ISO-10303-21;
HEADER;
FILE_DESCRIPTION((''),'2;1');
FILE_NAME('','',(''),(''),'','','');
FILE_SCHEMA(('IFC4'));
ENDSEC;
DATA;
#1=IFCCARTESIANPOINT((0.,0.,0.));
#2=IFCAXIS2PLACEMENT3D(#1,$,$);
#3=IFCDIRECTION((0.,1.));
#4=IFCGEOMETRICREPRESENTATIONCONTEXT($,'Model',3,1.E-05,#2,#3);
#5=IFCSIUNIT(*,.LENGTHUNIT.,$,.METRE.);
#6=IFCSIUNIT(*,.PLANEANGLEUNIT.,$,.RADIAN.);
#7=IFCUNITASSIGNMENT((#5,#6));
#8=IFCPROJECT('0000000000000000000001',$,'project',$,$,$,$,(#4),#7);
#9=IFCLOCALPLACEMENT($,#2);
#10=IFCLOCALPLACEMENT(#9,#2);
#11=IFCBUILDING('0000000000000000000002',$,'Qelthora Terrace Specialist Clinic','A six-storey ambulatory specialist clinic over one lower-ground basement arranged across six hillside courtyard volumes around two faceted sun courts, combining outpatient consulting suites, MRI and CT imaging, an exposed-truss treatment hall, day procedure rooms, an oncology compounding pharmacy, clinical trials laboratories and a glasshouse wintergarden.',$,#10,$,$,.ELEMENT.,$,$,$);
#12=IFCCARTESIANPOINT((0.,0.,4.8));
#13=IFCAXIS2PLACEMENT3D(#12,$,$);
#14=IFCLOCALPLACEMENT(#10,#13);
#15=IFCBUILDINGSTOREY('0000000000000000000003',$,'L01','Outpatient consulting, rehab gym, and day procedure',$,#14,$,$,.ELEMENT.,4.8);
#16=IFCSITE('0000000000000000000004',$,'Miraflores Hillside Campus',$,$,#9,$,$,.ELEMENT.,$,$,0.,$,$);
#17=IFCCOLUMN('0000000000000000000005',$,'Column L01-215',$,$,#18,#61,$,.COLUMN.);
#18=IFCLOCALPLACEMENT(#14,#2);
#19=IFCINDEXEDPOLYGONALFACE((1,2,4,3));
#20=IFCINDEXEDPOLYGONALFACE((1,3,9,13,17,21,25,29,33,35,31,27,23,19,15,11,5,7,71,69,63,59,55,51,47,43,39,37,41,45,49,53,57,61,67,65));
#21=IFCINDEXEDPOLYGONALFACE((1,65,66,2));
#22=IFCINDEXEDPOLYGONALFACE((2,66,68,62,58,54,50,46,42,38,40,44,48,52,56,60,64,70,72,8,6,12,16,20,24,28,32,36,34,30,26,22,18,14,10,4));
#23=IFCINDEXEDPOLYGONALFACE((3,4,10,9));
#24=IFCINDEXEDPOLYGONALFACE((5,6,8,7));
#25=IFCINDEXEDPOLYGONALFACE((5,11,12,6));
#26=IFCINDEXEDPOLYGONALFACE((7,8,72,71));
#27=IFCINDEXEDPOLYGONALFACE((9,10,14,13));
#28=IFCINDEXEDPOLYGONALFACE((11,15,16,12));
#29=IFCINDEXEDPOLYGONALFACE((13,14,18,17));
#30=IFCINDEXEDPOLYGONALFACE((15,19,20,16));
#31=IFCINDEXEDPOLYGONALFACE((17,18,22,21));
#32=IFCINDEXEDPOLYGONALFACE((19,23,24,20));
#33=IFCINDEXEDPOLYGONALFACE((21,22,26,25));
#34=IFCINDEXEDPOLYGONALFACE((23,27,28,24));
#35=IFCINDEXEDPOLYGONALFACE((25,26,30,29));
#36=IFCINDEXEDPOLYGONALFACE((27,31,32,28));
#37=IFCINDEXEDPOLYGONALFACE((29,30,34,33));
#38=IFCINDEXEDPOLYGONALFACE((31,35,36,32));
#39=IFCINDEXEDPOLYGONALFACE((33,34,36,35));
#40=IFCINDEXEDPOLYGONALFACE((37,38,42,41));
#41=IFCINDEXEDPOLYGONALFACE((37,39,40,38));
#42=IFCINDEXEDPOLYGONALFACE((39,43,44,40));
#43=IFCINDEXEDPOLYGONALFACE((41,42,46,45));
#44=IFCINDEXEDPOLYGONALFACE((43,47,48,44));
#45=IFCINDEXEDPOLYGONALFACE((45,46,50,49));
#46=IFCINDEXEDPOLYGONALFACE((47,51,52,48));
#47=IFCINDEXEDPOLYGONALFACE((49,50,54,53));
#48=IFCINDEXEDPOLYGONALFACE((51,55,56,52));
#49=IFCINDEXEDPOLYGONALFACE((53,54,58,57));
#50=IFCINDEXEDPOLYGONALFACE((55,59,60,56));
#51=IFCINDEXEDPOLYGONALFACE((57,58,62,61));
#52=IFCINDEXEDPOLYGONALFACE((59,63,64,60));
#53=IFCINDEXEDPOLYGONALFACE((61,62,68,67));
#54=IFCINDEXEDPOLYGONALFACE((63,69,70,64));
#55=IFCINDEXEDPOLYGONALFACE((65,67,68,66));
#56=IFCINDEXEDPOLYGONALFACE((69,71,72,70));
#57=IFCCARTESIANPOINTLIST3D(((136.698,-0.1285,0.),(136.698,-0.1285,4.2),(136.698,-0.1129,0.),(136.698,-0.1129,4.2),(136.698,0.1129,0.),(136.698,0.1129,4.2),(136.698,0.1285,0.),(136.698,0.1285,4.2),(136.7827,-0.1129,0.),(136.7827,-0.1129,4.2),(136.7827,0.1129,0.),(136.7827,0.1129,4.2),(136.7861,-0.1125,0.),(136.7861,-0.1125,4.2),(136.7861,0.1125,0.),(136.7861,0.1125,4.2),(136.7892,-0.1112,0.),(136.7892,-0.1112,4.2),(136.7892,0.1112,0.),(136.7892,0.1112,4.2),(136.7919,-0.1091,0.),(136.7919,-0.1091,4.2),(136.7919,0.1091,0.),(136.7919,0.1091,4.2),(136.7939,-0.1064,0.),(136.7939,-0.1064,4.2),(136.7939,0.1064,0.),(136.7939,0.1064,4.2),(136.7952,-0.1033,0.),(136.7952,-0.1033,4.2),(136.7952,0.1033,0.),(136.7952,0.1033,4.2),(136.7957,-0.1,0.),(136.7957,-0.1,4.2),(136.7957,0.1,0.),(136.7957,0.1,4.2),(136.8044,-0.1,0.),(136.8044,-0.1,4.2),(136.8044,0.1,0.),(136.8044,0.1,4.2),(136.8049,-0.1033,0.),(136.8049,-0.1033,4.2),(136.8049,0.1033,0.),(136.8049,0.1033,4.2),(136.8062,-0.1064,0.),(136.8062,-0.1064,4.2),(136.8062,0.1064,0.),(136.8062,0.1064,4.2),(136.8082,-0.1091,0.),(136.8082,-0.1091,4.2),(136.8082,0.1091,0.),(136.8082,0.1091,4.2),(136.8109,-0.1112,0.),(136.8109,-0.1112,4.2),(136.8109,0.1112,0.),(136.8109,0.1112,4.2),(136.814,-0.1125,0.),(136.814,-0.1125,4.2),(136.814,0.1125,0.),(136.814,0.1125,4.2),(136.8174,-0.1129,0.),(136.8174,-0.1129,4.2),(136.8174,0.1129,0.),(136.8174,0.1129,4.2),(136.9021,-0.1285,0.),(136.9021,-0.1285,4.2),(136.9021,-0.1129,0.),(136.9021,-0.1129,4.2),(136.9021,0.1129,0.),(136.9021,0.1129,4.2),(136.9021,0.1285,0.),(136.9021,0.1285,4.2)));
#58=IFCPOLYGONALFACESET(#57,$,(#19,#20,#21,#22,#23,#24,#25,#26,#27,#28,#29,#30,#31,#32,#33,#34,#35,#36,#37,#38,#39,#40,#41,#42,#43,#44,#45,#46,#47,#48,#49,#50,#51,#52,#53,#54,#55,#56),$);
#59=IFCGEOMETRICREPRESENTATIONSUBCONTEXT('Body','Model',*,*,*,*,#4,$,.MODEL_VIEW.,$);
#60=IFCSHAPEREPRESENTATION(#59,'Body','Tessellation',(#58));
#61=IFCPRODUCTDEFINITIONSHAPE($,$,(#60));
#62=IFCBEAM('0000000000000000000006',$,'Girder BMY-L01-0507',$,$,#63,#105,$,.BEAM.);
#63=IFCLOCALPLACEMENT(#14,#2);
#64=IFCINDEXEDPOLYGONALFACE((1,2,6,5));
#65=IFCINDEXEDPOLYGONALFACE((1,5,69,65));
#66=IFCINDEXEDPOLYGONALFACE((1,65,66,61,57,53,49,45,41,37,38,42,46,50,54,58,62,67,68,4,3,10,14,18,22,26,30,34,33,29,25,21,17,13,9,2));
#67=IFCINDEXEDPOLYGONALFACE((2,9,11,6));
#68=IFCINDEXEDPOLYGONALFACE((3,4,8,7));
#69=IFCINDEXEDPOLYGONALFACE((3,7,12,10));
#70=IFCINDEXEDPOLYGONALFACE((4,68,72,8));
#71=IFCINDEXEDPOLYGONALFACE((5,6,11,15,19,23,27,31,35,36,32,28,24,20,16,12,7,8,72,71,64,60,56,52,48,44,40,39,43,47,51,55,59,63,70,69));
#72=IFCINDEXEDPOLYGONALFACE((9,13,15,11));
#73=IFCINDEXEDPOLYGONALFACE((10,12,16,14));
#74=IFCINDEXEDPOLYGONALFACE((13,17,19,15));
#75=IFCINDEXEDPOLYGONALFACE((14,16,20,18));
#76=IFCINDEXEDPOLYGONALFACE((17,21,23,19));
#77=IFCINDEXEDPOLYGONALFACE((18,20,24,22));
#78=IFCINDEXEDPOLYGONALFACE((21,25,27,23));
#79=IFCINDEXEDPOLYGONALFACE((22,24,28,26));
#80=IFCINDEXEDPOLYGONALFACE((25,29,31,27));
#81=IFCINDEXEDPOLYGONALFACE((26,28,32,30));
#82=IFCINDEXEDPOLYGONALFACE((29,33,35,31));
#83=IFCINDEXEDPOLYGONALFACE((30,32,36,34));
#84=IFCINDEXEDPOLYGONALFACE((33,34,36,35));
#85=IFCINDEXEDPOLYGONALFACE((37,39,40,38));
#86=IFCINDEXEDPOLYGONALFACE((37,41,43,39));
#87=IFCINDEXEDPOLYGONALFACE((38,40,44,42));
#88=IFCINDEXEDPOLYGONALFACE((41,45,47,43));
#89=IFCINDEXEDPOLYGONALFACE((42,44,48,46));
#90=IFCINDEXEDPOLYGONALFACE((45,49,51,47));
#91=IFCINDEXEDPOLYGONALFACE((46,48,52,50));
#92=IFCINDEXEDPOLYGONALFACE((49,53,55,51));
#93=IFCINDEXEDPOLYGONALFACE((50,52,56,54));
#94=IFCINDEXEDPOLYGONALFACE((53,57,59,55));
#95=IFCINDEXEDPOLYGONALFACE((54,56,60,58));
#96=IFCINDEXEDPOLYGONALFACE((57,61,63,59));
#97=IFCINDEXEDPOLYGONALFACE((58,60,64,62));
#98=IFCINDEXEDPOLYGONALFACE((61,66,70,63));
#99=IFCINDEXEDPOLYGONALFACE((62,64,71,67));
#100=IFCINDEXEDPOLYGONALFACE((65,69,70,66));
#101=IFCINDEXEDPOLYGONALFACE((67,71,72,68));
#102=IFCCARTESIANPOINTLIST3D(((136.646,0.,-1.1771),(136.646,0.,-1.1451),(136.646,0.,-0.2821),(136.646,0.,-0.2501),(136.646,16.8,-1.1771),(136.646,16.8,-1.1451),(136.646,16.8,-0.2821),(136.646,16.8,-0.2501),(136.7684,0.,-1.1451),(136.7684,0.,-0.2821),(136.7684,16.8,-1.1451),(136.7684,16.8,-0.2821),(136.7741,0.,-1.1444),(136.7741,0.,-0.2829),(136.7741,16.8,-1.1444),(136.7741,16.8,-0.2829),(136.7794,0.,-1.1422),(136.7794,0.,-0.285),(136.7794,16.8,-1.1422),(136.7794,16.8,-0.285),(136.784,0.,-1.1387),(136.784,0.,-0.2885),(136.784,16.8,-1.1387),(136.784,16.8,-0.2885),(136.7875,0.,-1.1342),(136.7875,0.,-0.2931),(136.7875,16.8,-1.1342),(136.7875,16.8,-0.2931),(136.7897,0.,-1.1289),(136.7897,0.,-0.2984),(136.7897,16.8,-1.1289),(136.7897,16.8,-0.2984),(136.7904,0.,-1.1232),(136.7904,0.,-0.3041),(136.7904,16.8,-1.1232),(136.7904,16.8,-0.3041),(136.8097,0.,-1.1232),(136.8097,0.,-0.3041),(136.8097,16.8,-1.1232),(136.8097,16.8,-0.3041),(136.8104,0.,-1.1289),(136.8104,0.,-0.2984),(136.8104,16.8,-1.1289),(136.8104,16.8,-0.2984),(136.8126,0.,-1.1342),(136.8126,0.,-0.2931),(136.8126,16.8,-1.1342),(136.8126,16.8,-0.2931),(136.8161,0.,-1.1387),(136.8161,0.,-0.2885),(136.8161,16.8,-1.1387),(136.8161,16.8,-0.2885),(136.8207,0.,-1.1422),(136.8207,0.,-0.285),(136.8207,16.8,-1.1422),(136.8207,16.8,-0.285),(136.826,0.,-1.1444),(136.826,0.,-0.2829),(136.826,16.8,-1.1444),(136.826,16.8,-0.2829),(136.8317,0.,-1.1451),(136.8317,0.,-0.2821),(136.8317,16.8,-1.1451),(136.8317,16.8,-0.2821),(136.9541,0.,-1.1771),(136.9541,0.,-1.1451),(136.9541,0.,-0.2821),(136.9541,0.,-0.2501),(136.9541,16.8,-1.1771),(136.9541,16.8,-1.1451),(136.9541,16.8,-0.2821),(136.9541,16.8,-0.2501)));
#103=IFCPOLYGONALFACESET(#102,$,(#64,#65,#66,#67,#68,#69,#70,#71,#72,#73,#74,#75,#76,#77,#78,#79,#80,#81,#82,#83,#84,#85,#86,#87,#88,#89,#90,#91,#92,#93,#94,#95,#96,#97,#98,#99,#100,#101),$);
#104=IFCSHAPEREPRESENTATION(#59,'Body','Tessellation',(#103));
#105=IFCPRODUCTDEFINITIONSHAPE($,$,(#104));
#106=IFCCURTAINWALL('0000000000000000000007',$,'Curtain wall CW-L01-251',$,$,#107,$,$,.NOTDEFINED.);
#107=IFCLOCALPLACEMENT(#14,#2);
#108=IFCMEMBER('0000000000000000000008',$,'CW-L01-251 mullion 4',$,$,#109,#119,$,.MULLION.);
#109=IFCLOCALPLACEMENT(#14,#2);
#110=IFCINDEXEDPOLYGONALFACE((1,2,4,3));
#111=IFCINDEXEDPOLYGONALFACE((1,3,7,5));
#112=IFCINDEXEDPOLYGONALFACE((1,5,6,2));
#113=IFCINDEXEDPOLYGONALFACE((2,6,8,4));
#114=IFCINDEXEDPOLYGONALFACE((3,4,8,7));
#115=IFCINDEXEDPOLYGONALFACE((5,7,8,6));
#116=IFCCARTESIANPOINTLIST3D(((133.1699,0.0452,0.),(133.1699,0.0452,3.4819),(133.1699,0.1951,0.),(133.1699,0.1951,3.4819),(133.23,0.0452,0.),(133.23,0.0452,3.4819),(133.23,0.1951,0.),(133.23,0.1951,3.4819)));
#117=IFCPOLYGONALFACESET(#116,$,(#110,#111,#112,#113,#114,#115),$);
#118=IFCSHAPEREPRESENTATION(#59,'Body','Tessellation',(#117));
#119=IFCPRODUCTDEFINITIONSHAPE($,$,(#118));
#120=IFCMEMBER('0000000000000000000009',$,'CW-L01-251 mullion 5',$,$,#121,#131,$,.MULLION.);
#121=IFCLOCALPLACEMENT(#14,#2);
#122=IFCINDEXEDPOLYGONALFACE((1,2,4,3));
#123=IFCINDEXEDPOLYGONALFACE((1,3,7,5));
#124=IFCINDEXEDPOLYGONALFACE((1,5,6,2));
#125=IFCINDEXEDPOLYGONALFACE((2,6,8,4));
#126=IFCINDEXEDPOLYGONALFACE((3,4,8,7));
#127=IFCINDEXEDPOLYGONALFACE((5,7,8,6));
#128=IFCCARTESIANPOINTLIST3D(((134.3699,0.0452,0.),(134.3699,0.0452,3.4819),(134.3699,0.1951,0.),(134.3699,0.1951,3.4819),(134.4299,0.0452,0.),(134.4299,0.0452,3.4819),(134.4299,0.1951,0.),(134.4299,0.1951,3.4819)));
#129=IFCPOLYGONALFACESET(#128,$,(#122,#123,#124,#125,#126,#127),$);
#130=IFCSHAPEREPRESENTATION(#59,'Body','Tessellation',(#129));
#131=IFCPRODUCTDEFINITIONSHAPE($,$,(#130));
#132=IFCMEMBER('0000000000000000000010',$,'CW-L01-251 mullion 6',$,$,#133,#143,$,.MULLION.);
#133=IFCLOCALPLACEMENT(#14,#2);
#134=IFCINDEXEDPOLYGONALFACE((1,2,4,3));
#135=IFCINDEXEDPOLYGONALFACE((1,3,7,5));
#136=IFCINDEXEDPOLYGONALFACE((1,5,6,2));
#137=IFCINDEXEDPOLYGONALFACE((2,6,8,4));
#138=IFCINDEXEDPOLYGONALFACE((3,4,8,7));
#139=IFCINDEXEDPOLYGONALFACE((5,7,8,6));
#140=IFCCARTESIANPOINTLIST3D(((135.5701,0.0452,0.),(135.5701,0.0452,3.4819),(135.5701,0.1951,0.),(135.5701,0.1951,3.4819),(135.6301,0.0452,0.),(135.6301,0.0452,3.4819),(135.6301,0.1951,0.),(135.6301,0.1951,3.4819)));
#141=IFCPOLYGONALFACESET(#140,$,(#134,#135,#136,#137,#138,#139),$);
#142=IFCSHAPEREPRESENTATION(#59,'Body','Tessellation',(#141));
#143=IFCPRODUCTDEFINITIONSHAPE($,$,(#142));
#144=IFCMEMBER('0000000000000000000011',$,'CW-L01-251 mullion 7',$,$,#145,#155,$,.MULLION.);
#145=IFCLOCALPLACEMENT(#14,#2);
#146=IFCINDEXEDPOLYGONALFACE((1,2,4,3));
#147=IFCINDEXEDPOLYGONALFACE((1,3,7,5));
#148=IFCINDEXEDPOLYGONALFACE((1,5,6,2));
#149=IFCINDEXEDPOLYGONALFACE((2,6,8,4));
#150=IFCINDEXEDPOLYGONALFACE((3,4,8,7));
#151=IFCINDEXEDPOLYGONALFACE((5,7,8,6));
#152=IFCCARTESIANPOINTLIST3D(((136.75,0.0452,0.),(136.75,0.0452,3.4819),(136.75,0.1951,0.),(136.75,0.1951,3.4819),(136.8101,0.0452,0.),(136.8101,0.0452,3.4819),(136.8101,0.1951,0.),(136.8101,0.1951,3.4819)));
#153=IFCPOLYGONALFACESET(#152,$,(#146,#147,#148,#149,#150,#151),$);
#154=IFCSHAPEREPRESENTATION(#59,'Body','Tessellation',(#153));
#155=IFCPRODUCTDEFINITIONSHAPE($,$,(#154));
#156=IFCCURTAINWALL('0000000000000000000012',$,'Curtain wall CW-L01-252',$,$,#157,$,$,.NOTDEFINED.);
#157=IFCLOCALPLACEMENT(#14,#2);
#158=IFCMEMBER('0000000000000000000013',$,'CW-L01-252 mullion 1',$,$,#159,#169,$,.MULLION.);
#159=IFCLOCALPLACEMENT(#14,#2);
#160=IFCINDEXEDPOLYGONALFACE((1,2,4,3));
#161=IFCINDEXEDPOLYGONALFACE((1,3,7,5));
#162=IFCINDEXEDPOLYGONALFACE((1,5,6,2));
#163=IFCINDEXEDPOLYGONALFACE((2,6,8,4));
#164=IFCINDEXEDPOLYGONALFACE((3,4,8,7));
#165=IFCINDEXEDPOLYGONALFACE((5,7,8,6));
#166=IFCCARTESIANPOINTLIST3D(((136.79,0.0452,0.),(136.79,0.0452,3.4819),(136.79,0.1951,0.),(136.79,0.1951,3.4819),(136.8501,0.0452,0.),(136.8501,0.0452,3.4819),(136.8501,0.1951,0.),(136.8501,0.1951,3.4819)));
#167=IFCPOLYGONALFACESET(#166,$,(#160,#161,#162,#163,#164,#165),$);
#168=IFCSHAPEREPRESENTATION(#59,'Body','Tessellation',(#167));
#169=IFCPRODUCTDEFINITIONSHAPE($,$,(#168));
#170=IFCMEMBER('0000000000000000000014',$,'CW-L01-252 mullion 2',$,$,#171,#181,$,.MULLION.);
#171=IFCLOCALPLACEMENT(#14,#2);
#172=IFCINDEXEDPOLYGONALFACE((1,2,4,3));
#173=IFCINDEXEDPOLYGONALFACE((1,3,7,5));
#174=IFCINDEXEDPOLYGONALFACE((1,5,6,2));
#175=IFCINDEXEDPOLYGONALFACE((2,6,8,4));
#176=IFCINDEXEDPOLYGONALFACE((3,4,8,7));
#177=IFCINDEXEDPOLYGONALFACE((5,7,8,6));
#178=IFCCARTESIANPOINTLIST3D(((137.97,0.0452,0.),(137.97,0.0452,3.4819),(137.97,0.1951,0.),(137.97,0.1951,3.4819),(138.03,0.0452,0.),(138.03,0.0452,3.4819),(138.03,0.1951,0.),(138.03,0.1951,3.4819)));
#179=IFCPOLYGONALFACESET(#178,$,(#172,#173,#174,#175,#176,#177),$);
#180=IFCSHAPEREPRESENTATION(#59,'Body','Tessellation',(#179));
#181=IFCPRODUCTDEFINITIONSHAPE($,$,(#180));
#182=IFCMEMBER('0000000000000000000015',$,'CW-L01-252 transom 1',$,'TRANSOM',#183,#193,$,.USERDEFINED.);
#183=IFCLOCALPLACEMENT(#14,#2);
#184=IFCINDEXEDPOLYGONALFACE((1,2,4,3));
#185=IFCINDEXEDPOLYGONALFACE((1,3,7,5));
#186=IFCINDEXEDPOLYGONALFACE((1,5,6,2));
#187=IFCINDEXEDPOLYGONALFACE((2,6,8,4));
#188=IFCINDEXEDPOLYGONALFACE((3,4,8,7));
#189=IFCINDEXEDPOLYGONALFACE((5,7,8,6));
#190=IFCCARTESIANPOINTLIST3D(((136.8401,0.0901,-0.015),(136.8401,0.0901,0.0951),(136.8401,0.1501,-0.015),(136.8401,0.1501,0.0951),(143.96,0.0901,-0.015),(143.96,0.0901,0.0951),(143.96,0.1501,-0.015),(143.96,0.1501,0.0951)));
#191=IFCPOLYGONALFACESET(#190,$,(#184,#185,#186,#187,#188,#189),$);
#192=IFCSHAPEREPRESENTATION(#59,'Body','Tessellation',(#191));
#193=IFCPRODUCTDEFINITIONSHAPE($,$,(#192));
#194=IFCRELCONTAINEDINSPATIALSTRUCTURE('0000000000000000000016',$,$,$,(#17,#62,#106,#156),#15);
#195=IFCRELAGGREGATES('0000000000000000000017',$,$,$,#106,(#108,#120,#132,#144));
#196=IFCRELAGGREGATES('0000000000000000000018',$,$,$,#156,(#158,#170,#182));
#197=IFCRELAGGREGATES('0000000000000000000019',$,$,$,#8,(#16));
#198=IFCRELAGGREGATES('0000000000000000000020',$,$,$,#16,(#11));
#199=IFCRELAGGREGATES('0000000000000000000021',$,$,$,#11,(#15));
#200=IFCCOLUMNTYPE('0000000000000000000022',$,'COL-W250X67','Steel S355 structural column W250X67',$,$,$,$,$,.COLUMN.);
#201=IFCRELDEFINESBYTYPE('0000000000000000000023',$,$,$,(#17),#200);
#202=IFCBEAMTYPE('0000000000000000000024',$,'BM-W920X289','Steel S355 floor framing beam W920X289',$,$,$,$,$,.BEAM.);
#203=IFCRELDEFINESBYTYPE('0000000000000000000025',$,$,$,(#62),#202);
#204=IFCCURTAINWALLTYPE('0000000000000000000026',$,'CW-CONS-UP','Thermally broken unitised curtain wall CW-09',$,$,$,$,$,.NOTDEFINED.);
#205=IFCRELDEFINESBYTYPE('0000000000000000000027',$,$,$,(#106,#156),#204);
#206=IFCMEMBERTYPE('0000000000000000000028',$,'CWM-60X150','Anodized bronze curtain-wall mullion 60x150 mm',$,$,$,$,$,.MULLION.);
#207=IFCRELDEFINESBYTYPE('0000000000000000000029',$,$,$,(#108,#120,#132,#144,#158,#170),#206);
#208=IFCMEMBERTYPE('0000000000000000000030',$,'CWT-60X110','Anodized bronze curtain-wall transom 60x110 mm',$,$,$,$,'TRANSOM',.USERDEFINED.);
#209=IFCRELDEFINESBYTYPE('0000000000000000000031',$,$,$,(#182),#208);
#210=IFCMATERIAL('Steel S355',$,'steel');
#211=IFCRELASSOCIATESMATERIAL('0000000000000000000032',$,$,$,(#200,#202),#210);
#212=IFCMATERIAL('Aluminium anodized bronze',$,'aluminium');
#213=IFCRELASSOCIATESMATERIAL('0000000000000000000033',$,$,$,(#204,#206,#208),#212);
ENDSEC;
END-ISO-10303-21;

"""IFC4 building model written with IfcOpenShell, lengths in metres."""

from ifc_helpers import new_model, si_unit, direction, frame, origin, origin_2d, place, context, subcontext, project, spatial, rectangle, i_section, extrude, material, material_profile, profile_set, type_object, element, aggregate, save


model = new_model("IFC4")

# Units and contexts
model_context = context("Model", 3, precision=1e-05, world=origin(), true_north=direction((0.0, 1.0)))
body_context = subcontext(model_context, "Body", "Model", "MODEL_VIEW")
ifc_project = project(units=[si_unit("LENGTHUNIT", "METRE"), si_unit("PLANEANGLEUNIT", "RADIAN")], contexts=[model_context])

# Site, building, storey
site_placement = place(None, origin())
site = spatial("IfcSite", under=ifc_project, at=site_placement, Name="Miraflores Hillside Campus", CompositionType="ELEMENT", RefElevation=0.0)
building_placement = place(site_placement, origin())
building = spatial("IfcBuilding", under=site, at=building_placement, Name="Qelthora Terrace Specialist Clinic", Description="A six-storey ambulatory specialist clinic over one lower-ground basement arranged across six hillside courtyard volumes around two faceted sun courts, combining outpatient consulting suites, MRI and CT imaging, an exposed-truss treatment hall, day procedure rooms, an oncology compounding pharmacy, clinical trials laboratories and a glasshouse wintergarden.", CompositionType="ELEMENT")
storey_placement = place(building_placement, frame((0.0, 0.0, 4.8)))
storey = spatial("IfcBuildingStorey", under=building, at=storey_placement, Name="L01", Description="Outpatient consulting, rehab gym, and day procedure", CompositionType="ELEMENT", Elevation=4.8)

# Column
ifc_material_1 = material(Name="Steel S355", Category="steel")
ifc_material_profile_1 = material_profile(ifc_material_1, i_section(OverallWidth=0.2041, OverallDepth=0.2571, WebThickness=0.0088, FlangeThickness=0.0156, FilletRadius=0.0129, at=origin_2d()), Name="W250X67")
ifc_profile_set_1 = profile_set([ifc_material_profile_1], Name="Steel S355")
column_type = type_object("IfcColumnType", Name="COL-W250X67", Description="Steel S355 structural column W250X67", PredefinedType="COLUMN", material=ifc_profile_set_1)
column_placement = place(storey_placement, frame((136.8, 0.0, 0.0), z_axis=(0.0, 0.0, 1.0), x_axis=(1.0, 0.0, 0.0)))
element("IfcColumn", 1, at=column_placement, inside=storey, type_object=column_type, Name="Column L01-215", PredefinedType="COLUMN", context=body_context, shape_type="SweptSolid", body=[
    extrude(i_section(OverallWidth=0.2041, OverallDepth=0.2571, WebThickness=0.0088, FlangeThickness=0.0156, FilletRadius=0.0129, at=origin_2d()), origin(), (0.0, 0.0, 1.0), 4.2),
])

# Beam
ifc_material_profile_2 = material_profile(ifc_material_1, i_section(OverallWidth=0.3081, OverallDepth=0.927, WebThickness=0.0193, FlangeThickness=0.032, FilletRadius=0.022, at=origin_2d()), Name="W920X289")
ifc_profile_set_2 = profile_set([ifc_material_profile_2], Name="Steel S355")
beam_type_1 = type_object("IfcBeamType", Name="BM-W920X289", Description="Steel S355 floor framing beam W920X289", PredefinedType="BEAM", material=ifc_profile_set_2)
beam_1_placement = place(storey_placement, frame((136.8, 0.0, -0.7136), z_axis=(0.0, 1.0, 0.0), x_axis=(-1.0, 0.0, 0.0)))
element("IfcBeam", 2, at=beam_1_placement, inside=storey, type_object=beam_type_1, Name="Girder BMY-L01-0507", PredefinedType="BEAM", context=body_context, shape_type="SweptSolid", body=[
    extrude(i_section(OverallWidth=0.3081, OverallDepth=0.927, WebThickness=0.0193, FlangeThickness=0.032, FilletRadius=0.022, at=origin_2d()), origin(), (0.0, 0.0, 1.0), 16.8),
])

# Curtain walls, members
ifc_material_2 = material(Name="Aluminium anodized bronze", Category="aluminium")
curtain_wall_type = type_object("IfcCurtainWallType", Name="CW-CONS-UP", Description="Thermally broken unitised curtain wall CW-09", PredefinedType="NOTDEFINED", material=ifc_material_2)
curtain_wall_1_placement = place(storey_placement, origin())
curtain_wall_1 = element("IfcCurtainWall", 3, at=curtain_wall_1_placement, inside=storey, type_object=curtain_wall_type, Name="Curtain wall CW-L01-251", PredefinedType="NOTDEFINED")
ifc_material_profile_3 = material_profile(ifc_material_2, rectangle(XDim=0.0601, YDim=0.1499, at=origin_2d()), Name="CWM60X150")
ifc_profile_set_3 = profile_set([ifc_material_profile_3], Name="Aluminium anodized bronze")
member_type_1 = type_object("IfcMemberType", Name="CWM-60X150", Description="Anodized bronze curtain-wall mullion 60x150 mm", PredefinedType="MULLION", material=ifc_profile_set_3)
member_1_placement = place(storey_placement, frame((133.2, 0.1201, 0.0), z_axis=(0.0, 0.0, 1.0), x_axis=(1.0, 0.0, 0.0)))
member_1 = element("IfcMember", 4, at=member_1_placement, type_object=member_type_1, Name="CW-L01-251 mullion 4", PredefinedType="MULLION", context=body_context, shape_type="SweptSolid", body=[
    extrude(rectangle(XDim=0.0601, YDim=0.1499, at=origin_2d()), origin(), (0.0, 0.0, 1.0), 3.4819),
])
member_2_placement = place(storey_placement, frame((134.3999, 0.1201, 0.0), z_axis=(0.0, 0.0, 1.0), x_axis=(1.0, 0.0, 0.0)))
member_2 = element("IfcMember", 5, at=member_2_placement, type_object=member_type_1, Name="CW-L01-251 mullion 5", PredefinedType="MULLION", context=body_context, shape_type="SweptSolid", body=[
    extrude(rectangle(XDim=0.0601, YDim=0.1499, at=origin_2d()), origin(), (0.0, 0.0, 1.0), 3.4819),
])
member_3_placement = place(storey_placement, frame((135.6001, 0.1201, 0.0), z_axis=(0.0, 0.0, 1.0), x_axis=(1.0, 0.0, 0.0)))
member_3 = element("IfcMember", 6, at=member_3_placement, type_object=member_type_1, Name="CW-L01-251 mullion 6", PredefinedType="MULLION", context=body_context, shape_type="SweptSolid", body=[
    extrude(rectangle(XDim=0.0601, YDim=0.1499, at=origin_2d()), origin(), (0.0, 0.0, 1.0), 3.4819),
])
member_4_placement = place(storey_placement, frame((136.78, 0.1201, 0.0), z_axis=(0.0, 0.0, 1.0), x_axis=(1.0, 0.0, 0.0)))
member_4 = element("IfcMember", 7, at=member_4_placement, type_object=member_type_1, Name="CW-L01-251 mullion 7", PredefinedType="MULLION", context=body_context, shape_type="SweptSolid", body=[
    extrude(rectangle(XDim=0.0601, YDim=0.1499, at=origin_2d()), origin(), (0.0, 0.0, 1.0), 3.4819),
])
curtain_wall_2_placement = place(storey_placement, origin())
curtain_wall_2 = element("IfcCurtainWall", 8, at=curtain_wall_2_placement, inside=storey, type_object=curtain_wall_type, Name="Curtain wall CW-L01-252", PredefinedType="NOTDEFINED")
member_5_placement = place(storey_placement, frame((136.8201, 0.1201, 0.0), z_axis=(0.0, 0.0, 1.0), x_axis=(1.0, 0.0, 0.0)))
member_5 = element("IfcMember", 9, at=member_5_placement, type_object=member_type_1, Name="CW-L01-252 mullion 1", PredefinedType="MULLION", context=body_context, shape_type="SweptSolid", body=[
    extrude(rectangle(XDim=0.0601, YDim=0.1499, at=origin_2d()), origin(), (0.0, 0.0, 1.0), 3.4819),
])
member_6_placement = place(storey_placement, frame((138.0, 0.1201, 0.0), z_axis=(0.0, 0.0, 1.0), x_axis=(1.0, 0.0, 0.0)))
member_6 = element("IfcMember", 10, at=member_6_placement, type_object=member_type_1, Name="CW-L01-252 mullion 2", PredefinedType="MULLION", context=body_context, shape_type="SweptSolid", body=[
    extrude(rectangle(XDim=0.0601, YDim=0.1499, at=origin_2d()), origin(), (0.0, 0.0, 1.0), 3.4819),
])
ifc_material_profile_4 = material_profile(ifc_material_2, rectangle(XDim=0.0601, YDim=0.1101, at=origin_2d()), Name="CWT60X110")
ifc_profile_set_4 = profile_set([ifc_material_profile_4], Name="Aluminium anodized bronze")
member_type_2 = type_object("IfcMemberType", Name="CWT-60X110", Description="Anodized bronze curtain-wall transom 60x110 mm", ElementType="TRANSOM", PredefinedType="USERDEFINED", material=ifc_profile_set_4)
member_7_placement = place(storey_placement, frame((136.8401, 0.1201, 0.04), z_axis=(1.0, 0.0, 0.0), x_axis=(0.0, 1.0, 0.0)))
member_7 = element("IfcMember", 11, at=member_7_placement, type_object=member_type_2, Name="CW-L01-252 transom 1", ObjectType="TRANSOM", PredefinedType="USERDEFINED", context=body_context, shape_type="SweptSolid", body=[
    extrude(rectangle(XDim=0.0601, YDim=0.1101, at=origin_2d()), origin(), (0.0, 0.0, 1.0), 7.1199),
])

aggregate(curtain_wall_1, [member_1, member_2, member_3, member_4])
aggregate(curtain_wall_2, [member_5, member_6, member_7])

save(model, "model.ifc")
